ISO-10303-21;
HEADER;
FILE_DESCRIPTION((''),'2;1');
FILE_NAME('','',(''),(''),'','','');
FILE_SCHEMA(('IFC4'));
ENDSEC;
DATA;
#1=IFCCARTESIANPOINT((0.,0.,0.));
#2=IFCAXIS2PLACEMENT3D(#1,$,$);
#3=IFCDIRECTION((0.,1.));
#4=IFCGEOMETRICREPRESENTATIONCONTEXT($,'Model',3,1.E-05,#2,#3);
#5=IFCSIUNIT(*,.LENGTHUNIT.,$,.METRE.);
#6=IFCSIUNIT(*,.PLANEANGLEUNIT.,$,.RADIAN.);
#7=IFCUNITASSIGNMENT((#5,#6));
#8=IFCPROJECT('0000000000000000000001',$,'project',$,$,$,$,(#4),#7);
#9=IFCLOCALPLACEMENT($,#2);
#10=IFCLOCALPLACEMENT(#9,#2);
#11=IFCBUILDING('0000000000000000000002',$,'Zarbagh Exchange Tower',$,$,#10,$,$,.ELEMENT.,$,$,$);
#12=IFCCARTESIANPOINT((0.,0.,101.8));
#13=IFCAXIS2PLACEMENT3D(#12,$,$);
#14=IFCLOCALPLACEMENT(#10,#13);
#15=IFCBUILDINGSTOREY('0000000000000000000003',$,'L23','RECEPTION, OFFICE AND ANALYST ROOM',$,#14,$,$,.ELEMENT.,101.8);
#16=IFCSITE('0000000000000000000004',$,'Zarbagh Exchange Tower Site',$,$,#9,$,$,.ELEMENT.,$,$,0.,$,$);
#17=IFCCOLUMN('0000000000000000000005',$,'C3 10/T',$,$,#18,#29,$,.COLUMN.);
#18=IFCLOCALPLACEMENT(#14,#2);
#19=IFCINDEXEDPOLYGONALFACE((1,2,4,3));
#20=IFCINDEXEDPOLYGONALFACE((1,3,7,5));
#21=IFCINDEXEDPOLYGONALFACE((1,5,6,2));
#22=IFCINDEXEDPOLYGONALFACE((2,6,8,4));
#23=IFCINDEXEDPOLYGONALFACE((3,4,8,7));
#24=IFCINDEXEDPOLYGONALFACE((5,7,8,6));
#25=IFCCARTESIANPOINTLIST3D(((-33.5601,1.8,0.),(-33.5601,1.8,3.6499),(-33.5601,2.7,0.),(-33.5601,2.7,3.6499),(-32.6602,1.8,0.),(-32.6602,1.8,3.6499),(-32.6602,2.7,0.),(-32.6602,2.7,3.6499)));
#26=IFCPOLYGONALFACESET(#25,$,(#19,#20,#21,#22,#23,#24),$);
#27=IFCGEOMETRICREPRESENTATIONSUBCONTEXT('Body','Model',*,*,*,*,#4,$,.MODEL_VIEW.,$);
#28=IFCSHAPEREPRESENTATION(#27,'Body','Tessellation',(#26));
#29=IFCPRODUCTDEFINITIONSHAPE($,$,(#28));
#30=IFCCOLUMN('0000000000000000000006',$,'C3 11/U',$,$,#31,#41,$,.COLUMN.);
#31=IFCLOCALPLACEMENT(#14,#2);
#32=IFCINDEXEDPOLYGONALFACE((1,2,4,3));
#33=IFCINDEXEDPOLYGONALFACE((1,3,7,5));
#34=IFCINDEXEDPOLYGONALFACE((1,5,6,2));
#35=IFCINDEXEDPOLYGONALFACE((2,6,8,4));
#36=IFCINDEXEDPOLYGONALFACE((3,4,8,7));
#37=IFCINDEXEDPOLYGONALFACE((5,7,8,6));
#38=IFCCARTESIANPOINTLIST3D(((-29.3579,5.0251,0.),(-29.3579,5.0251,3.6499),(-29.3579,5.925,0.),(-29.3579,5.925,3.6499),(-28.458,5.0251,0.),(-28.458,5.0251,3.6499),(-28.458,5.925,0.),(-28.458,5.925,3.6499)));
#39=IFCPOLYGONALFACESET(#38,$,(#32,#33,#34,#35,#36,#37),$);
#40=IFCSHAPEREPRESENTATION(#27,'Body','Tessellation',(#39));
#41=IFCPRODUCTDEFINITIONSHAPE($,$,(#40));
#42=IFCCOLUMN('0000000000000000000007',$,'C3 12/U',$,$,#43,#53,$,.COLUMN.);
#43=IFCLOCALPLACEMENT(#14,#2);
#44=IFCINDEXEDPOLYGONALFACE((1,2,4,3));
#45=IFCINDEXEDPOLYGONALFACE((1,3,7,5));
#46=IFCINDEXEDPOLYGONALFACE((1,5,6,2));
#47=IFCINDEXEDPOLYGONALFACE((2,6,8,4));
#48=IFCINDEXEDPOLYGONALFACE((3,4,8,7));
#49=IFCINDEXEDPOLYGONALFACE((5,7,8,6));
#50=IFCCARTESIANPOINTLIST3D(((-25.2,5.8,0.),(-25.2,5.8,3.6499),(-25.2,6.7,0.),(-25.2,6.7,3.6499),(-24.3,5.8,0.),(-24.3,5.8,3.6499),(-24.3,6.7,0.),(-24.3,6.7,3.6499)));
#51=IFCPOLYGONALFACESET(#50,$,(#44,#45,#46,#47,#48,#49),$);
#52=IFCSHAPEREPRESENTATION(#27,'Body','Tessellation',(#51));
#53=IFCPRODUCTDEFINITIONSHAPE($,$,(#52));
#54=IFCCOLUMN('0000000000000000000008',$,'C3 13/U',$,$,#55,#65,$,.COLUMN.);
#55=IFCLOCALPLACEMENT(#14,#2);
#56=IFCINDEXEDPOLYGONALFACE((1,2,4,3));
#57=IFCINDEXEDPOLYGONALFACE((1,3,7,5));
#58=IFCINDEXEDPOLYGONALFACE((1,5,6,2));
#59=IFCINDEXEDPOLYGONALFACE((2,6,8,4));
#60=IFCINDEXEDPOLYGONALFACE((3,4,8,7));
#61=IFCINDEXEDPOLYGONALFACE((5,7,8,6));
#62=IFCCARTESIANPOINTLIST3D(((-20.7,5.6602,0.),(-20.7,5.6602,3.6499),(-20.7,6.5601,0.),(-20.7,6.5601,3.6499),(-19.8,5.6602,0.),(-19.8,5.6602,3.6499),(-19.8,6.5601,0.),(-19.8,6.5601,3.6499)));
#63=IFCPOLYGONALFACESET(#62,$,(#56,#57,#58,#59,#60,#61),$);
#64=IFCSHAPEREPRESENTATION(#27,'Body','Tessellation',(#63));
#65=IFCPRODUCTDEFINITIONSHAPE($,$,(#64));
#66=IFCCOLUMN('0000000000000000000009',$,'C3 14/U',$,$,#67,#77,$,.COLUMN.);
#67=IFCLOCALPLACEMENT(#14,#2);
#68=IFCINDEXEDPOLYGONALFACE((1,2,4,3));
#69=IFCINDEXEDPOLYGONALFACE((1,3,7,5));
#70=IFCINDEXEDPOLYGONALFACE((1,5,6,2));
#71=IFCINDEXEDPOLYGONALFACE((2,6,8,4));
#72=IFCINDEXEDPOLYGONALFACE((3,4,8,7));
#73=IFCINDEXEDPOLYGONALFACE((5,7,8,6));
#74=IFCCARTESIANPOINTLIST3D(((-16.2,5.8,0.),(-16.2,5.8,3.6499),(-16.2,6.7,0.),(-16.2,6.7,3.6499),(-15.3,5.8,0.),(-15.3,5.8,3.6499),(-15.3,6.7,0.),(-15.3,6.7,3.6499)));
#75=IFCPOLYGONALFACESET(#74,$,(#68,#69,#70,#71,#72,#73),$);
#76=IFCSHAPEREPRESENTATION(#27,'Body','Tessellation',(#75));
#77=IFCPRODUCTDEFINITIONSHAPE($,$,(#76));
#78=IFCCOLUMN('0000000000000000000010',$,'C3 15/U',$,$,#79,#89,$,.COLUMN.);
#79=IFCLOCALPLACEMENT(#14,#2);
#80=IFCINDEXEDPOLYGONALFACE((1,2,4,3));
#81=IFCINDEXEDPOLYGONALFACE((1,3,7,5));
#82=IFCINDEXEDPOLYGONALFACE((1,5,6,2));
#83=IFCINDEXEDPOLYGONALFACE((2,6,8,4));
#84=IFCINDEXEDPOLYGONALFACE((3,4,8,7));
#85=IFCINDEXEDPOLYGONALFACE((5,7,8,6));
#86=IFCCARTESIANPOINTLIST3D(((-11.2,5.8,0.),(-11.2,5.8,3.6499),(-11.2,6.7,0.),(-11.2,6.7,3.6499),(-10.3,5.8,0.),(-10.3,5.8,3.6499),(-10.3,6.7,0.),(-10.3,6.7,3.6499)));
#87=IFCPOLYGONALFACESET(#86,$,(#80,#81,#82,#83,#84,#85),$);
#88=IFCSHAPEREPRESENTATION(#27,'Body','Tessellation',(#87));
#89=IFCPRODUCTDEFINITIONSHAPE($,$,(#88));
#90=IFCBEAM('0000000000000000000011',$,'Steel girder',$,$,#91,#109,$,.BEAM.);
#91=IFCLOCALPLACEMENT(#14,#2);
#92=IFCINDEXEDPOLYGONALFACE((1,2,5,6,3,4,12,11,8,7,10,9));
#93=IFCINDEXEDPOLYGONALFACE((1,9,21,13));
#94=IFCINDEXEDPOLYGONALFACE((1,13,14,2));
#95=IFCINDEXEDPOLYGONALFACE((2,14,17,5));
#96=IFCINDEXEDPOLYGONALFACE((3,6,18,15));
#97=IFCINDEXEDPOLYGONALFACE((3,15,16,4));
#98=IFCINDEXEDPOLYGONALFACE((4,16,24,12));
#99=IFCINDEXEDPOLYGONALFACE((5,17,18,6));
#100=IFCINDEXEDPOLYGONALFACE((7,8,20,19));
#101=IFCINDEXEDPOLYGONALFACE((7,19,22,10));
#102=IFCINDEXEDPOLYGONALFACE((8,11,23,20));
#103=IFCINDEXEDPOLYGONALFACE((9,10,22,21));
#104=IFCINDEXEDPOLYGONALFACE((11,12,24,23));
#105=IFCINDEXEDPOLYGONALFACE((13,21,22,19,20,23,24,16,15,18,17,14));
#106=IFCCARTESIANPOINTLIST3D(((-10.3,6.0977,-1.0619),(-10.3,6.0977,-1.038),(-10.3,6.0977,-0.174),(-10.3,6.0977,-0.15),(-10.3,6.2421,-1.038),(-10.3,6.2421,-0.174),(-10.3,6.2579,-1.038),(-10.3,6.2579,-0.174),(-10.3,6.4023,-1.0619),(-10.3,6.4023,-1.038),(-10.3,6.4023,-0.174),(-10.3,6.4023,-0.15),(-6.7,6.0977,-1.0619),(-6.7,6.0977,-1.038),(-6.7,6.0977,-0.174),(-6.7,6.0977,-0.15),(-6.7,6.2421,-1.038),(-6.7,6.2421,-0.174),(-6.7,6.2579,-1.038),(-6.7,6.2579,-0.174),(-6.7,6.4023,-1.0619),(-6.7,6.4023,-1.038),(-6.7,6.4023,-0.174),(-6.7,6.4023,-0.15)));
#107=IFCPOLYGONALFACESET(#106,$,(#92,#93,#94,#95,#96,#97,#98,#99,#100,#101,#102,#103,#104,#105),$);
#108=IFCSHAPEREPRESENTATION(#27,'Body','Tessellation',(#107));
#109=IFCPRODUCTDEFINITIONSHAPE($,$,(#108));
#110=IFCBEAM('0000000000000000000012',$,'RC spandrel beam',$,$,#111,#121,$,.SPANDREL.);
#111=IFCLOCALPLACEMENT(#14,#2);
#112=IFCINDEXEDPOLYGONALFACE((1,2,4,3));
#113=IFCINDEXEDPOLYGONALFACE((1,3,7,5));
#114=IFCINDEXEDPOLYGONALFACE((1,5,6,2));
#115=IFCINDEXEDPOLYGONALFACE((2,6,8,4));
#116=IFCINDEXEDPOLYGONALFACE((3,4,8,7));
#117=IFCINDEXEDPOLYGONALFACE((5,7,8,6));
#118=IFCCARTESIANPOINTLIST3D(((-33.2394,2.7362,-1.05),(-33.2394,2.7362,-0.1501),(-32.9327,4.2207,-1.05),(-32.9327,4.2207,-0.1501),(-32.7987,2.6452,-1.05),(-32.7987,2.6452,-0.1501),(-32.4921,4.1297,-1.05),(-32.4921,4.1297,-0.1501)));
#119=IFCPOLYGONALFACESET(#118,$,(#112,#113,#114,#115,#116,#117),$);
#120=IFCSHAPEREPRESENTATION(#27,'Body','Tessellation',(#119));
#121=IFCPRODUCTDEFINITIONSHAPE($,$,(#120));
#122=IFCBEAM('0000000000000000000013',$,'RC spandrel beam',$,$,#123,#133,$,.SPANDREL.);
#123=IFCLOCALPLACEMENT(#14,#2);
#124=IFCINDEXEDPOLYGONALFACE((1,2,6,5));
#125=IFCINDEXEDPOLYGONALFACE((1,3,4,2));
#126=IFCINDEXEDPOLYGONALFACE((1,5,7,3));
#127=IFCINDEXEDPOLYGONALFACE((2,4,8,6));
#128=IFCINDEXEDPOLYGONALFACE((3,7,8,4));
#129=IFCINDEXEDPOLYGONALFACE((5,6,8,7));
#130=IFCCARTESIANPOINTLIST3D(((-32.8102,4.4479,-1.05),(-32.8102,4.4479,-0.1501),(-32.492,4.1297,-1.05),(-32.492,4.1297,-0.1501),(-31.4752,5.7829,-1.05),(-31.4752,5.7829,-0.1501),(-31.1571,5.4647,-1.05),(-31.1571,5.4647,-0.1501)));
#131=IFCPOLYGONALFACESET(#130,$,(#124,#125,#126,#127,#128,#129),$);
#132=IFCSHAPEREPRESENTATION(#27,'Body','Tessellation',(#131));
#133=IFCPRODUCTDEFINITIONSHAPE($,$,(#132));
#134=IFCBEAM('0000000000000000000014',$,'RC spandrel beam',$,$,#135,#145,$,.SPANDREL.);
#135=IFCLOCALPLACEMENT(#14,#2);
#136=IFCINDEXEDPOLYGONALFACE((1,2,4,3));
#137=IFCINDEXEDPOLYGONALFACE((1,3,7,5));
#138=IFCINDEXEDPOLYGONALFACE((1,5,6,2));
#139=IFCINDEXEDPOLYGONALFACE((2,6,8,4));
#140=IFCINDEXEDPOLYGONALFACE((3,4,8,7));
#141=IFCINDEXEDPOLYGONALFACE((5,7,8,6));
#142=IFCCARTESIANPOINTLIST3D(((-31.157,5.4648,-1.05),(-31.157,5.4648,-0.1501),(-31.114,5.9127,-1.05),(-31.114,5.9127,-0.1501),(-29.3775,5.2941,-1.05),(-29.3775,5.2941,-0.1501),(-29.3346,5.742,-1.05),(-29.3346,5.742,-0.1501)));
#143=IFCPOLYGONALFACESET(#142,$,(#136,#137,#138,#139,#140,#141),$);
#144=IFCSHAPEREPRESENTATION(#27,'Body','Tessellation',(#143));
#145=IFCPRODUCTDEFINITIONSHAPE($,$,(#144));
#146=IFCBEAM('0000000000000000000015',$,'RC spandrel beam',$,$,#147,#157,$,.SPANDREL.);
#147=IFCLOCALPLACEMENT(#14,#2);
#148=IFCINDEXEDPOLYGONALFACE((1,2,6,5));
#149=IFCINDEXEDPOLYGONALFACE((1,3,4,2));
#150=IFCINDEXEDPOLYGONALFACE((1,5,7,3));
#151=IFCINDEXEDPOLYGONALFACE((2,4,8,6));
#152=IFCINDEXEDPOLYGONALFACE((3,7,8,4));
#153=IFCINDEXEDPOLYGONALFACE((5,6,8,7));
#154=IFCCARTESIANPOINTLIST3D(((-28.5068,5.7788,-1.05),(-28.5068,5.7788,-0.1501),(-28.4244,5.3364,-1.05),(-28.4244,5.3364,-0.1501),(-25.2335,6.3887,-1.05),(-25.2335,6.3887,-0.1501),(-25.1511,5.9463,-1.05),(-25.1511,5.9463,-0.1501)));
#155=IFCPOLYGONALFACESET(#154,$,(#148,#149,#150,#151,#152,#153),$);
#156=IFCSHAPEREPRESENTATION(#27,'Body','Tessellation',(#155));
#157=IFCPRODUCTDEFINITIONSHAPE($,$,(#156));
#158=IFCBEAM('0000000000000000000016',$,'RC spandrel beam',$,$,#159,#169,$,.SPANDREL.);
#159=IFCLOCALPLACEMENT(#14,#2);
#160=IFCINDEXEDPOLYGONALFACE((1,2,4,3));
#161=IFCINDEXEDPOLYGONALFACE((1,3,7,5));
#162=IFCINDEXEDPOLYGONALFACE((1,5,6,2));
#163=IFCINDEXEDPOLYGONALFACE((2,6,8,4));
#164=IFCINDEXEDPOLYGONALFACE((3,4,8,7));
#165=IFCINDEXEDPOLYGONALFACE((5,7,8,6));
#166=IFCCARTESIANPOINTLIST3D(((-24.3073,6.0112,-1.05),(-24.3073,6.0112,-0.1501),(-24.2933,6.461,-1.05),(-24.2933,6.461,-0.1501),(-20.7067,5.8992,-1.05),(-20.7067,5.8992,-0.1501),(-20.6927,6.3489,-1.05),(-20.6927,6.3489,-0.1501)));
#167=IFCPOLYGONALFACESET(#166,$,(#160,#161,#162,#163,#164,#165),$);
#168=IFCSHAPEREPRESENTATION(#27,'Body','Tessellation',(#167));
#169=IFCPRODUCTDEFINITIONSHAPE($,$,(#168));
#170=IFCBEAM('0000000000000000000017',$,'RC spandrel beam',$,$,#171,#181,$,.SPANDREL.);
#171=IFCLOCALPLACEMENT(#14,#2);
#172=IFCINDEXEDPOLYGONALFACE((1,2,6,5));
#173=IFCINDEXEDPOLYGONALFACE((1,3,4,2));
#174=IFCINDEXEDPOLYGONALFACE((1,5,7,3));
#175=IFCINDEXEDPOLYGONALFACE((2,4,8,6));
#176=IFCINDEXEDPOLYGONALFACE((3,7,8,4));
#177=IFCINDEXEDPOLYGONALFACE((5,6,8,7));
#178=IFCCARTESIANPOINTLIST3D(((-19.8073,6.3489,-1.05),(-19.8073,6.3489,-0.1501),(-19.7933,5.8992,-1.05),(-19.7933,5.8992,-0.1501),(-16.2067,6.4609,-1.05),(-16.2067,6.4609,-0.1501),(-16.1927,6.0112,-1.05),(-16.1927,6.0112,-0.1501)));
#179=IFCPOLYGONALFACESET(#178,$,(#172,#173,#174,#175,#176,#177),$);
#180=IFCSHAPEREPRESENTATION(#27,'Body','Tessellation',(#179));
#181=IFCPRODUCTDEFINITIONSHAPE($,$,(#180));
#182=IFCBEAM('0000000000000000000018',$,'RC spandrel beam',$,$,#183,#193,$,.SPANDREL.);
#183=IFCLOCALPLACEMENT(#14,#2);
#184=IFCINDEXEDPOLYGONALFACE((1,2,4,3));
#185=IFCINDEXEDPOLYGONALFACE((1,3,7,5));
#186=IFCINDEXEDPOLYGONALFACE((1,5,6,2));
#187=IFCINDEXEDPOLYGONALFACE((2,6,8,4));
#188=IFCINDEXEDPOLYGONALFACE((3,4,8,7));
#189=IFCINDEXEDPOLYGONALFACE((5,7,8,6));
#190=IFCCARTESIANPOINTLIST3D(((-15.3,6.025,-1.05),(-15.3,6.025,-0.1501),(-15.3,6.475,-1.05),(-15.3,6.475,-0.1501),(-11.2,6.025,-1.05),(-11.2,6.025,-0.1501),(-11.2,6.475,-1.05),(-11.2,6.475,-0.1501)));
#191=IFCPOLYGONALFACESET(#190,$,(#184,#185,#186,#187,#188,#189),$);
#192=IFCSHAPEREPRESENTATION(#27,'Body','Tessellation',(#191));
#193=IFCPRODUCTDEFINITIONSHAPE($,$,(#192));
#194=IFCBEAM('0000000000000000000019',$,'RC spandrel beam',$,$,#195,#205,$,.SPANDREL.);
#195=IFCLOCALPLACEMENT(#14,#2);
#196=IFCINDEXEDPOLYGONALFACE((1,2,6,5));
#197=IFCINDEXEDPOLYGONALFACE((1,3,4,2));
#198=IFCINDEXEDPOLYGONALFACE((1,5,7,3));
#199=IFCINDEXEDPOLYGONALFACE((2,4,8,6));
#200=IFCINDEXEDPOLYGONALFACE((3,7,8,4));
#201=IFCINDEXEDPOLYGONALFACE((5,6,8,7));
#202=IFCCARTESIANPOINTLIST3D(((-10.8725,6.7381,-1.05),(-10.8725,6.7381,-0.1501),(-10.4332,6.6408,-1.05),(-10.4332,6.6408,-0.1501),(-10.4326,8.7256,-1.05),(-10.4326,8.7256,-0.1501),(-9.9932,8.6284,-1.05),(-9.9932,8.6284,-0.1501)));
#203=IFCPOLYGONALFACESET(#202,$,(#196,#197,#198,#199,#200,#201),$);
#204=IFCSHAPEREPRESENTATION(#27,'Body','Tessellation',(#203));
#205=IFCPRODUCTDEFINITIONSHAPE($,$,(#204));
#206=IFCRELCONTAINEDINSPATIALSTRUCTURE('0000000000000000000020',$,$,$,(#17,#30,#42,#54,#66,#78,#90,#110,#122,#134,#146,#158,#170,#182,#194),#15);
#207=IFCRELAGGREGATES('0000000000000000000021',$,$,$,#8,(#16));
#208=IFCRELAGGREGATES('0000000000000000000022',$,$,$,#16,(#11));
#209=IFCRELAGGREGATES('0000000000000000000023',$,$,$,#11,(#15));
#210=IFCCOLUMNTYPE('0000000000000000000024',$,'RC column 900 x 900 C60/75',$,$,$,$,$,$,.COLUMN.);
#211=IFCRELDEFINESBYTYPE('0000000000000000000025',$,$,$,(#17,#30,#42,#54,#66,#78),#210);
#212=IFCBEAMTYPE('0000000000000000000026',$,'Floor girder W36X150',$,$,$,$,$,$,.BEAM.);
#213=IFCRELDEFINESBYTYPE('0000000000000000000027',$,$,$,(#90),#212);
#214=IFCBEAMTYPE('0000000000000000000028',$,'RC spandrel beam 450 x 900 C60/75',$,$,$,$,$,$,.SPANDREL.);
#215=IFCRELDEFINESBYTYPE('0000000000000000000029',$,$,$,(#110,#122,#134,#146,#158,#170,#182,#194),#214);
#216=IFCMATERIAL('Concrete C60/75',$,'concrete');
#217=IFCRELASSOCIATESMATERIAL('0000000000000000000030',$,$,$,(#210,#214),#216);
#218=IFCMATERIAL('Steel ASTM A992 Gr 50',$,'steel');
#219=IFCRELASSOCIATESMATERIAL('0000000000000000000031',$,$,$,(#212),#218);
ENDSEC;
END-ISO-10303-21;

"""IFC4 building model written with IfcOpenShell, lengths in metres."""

from ifc_helpers import new_model, si_unit, direction, frame, origin, origin_2d, place, context, subcontext, project, spatial, rectangle, i_section, extrude, material, material_profile, profile_set, type_object, element, save


model = new_model("IFC4")

# Units and contexts
model_context = context("Model", 3, precision=1e-05, world=origin(), true_north=direction((0.0, 1.0)))
body_context = subcontext(model_context, "Body", "Model", "MODEL_VIEW")
ifc_project = project(units=[si_unit("LENGTHUNIT", "METRE"), si_unit("PLANEANGLEUNIT", "RADIAN")], contexts=[model_context])

# Site, building, storey
site_placement = place(None, origin())
site = spatial("IfcSite", under=ifc_project, at=site_placement, Name="Zarbagh Exchange Tower Site", CompositionType="ELEMENT", RefElevation=0.0)
building_placement = place(site_placement, origin())
building = spatial("IfcBuilding", under=site, at=building_placement, Name="Zarbagh Exchange Tower", CompositionType="ELEMENT")
storey_placement = place(building_placement, frame((0.0, 0.0, 101.8)))
storey = spatial("IfcBuildingStorey", under=building, at=storey_placement, Name="L23", Description="RECEPTION, OFFICE AND ANALYST ROOM", CompositionType="ELEMENT", Elevation=101.8)

# Columns
ifc_material_1 = material(Name="Concrete C60/75", Category="concrete")
ifc_material_profile_1 = material_profile(ifc_material_1, rectangle(XDim=0.8999, YDim=0.8999, at=origin_2d()), Name="RC column 900 x 900 C60/75")
ifc_profile_set_1 = profile_set([ifc_material_profile_1], Name="Concrete C60/75")
column_type = type_object("IfcColumnType", Name="RC column 900 x 900 C60/75", PredefinedType="COLUMN", material=ifc_profile_set_1)
for number, where, z_axis, x_axis, name in (
    (1, (-33.1101, 2.25, 0.0), (0.0, 0.0, 1.0), (1.0, 0.0, 0.0), "C3 10/T"),
    (2, (-28.908, 5.4751, 0.0), (0.0, 0.0, 1.0), (1.0, 0.0, 0.0), "C3 11/U"),
    (3, (-24.75, 6.25, 0.0), (0.0, 0.0, 1.0), (1.0, 0.0, 0.0), "C3 12/U"),
    (4, (-20.25, 6.1101, 0.0), (0.0, 0.0, 1.0), (1.0, 0.0, 0.0), "C3 13/U"),
    (5, (-15.75, 6.25, 0.0), (0.0, 0.0, 1.0), (1.0, 0.0, 0.0), "C3 14/U"),
    (6, (-10.75, 6.25, 0.0), (0.0, 0.0, 1.0), (1.0, 0.0, 0.0), "C3 15/U"),
):
    element("IfcColumn", number, at=place(storey_placement, frame(where, z_axis=z_axis, x_axis=x_axis)), inside=storey, type_object=column_type, Name=name, PredefinedType="COLUMN", context=body_context, shape_type="SweptSolid", body=[
        extrude(rectangle(XDim=0.8999, YDim=0.8999, at=origin_2d()), origin(), (0.0, 0.0, 1.0), 3.6499),
    ])

# Beams
ifc_material_2 = material(Name="Steel ASTM A992 Gr 50", Category="steel")
ifc_material_profile_2 = material_profile(ifc_material_2, i_section(OverallWidth=0.3047, OverallDepth=0.9119, WebThickness=0.0159, FlangeThickness=0.0239, at=origin_2d()), Name="W36X150")
ifc_profile_set_2 = profile_set([ifc_material_profile_2], Name="Steel ASTM A992 Gr 50")
beam_type_1 = type_object("IfcBeamType", Name="Floor girder W36X150", PredefinedType="BEAM", material=ifc_profile_set_2)
beam_1_placement = place(storey_placement, frame((-10.3, 6.25, -0.606), z_axis=(1.0, 0.0, 0.0), x_axis=(0.0, 1.0, 0.0)))
element("IfcBeam", 7, at=beam_1_placement, inside=storey, type_object=beam_type_1, Name="Steel girder", PredefinedType="BEAM", context=body_context, shape_type="SweptSolid", body=[
    extrude(i_section(OverallWidth=0.3047, OverallDepth=0.9119, WebThickness=0.0159, FlangeThickness=0.0239, at=origin_2d()), origin(), (0.0, 0.0, 1.0), 3.6001),
])
ifc_material_profile_3 = material_profile(ifc_material_1, rectangle(XDim=0.45, YDim=0.8999, at=origin_2d()), Name="RC spandrel beam 450 x 900 C60/75")
ifc_profile_set_3 = profile_set([ifc_material_profile_3], Name="Concrete C60/75")
beam_type_2 = type_object("IfcBeamType", Name="RC spandrel beam 450 x 900 C60/75", PredefinedType="SPANDREL", material=ifc_profile_set_3)
beam_2_placement = place(storey_placement, frame((-33.019, 2.6907, -0.6001), z_axis=(0.202275, 0.979329, 0.0), x_axis=(-0.979329, 0.202275, 0.0)))
element("IfcBeam", 8, at=beam_2_placement, inside=storey, type_object=beam_type_2, Name="RC spandrel beam", PredefinedType="SPANDREL", context=body_context, shape_type="SweptSolid", body=[
    extrude(rectangle(XDim=0.45, YDim=0.8999, at=origin_2d()), origin(), (0.0, 0.0, 1.0), 1.5159),
])
beam_3_placement = place(storey_placement, frame((-32.6511, 4.2888, -0.6001), z_axis=(0.707107, 0.707107, 0.0), x_axis=(-0.707107, 0.707107, 0.0)))
element("IfcBeam", 9, at=beam_3_placement, inside=storey, type_object=beam_type_2, Name="RC spandrel beam", PredefinedType="SPANDREL", context=body_context, shape_type="SweptSolid", body=[
    extrude(rectangle(XDim=0.45, YDim=0.8999, at=origin_2d()), origin(), (0.0, 0.0, 1.0), 1.8879),
])
beam_4_placement = place(storey_placement, frame((-31.1355, 5.6887, -0.6001), z_axis=(0.995433, -0.09546, 0.0), x_axis=(0.09546, 0.995433, 0.0)))
element("IfcBeam", 10, at=beam_4_placement, inside=storey, type_object=beam_type_2, Name="RC spandrel beam", PredefinedType="SPANDREL", context=body_context, shape_type="SweptSolid", body=[
    extrude(rectangle(XDim=0.45, YDim=0.8999, at=origin_2d()), origin(), (0.0, 0.0, 1.0), 1.7876),
])
beam_5_placement = place(storey_placement, frame((-28.4656, 5.5576, -0.6001), z_axis=(0.983082, 0.183168, 0.0), x_axis=(-0.183168, 0.983082, 0.0)))
element("IfcBeam", 11, at=beam_5_placement, inside=storey, type_object=beam_type_2, Name="RC spandrel beam", PredefinedType="SPANDREL", context=body_context, shape_type="SweptSolid", body=[
    extrude(rectangle(XDim=0.45, YDim=0.8999, at=origin_2d()), origin(), (0.0, 0.0, 1.0), 3.3296),
])
for number, where, z_axis, x_axis, name in (
    (12, (-24.3003, 6.2361, -0.6001), (0.999516, -0.031108, 0.0), (0.031108, 0.999516, 0.0), "RC spandrel beam"),
    (13, (-19.8003, 6.124, -0.6001), (0.999516, 0.031108, 0.0), (-0.031108, 0.999516, 0.0), "RC spandrel beam"),
):
    element("IfcBeam", number, at=place(storey_placement, frame(where, z_axis=z_axis, x_axis=x_axis)), inside=storey, type_object=beam_type_2, Name=name, PredefinedType="SPANDREL", context=body_context, shape_type="SweptSolid", body=[
        extrude(rectangle(XDim=0.45, YDim=0.8999, at=origin_2d()), origin(), (0.0, 0.0, 1.0), 3.6023),
    ])
beam_6_placement = place(storey_placement, frame((-15.3, 6.25, -0.6001), z_axis=(1.0, 0.0, 0.0), x_axis=(0.0, 1.0, 0.0)))
element("IfcBeam", 14, at=beam_6_placement, inside=storey, type_object=beam_type_2, Name="RC spandrel beam", PredefinedType="SPANDREL", context=body_context, shape_type="SweptSolid", body=[
    extrude(rectangle(XDim=0.45, YDim=0.8999, at=origin_2d()), origin(), (0.0, 0.0, 1.0), 4.1001),
])
beam_7_placement = place(storey_placement, frame((-10.6528, 6.6895, -0.6001), z_axis=(0.216118, 0.976367, 0.0), x_axis=(-0.976367, 0.216118, 0.0)))
element("IfcBeam", 15, at=beam_7_placement, inside=storey, type_object=beam_type_2, Name="RC spandrel beam", PredefinedType="SPANDREL", context=body_context, shape_type="SweptSolid", body=[
    extrude(rectangle(XDim=0.45, YDim=0.8999, at=origin_2d()), origin(), (0.0, 0.0, 1.0), 2.0356),
])

save(model, "model.ifc")
